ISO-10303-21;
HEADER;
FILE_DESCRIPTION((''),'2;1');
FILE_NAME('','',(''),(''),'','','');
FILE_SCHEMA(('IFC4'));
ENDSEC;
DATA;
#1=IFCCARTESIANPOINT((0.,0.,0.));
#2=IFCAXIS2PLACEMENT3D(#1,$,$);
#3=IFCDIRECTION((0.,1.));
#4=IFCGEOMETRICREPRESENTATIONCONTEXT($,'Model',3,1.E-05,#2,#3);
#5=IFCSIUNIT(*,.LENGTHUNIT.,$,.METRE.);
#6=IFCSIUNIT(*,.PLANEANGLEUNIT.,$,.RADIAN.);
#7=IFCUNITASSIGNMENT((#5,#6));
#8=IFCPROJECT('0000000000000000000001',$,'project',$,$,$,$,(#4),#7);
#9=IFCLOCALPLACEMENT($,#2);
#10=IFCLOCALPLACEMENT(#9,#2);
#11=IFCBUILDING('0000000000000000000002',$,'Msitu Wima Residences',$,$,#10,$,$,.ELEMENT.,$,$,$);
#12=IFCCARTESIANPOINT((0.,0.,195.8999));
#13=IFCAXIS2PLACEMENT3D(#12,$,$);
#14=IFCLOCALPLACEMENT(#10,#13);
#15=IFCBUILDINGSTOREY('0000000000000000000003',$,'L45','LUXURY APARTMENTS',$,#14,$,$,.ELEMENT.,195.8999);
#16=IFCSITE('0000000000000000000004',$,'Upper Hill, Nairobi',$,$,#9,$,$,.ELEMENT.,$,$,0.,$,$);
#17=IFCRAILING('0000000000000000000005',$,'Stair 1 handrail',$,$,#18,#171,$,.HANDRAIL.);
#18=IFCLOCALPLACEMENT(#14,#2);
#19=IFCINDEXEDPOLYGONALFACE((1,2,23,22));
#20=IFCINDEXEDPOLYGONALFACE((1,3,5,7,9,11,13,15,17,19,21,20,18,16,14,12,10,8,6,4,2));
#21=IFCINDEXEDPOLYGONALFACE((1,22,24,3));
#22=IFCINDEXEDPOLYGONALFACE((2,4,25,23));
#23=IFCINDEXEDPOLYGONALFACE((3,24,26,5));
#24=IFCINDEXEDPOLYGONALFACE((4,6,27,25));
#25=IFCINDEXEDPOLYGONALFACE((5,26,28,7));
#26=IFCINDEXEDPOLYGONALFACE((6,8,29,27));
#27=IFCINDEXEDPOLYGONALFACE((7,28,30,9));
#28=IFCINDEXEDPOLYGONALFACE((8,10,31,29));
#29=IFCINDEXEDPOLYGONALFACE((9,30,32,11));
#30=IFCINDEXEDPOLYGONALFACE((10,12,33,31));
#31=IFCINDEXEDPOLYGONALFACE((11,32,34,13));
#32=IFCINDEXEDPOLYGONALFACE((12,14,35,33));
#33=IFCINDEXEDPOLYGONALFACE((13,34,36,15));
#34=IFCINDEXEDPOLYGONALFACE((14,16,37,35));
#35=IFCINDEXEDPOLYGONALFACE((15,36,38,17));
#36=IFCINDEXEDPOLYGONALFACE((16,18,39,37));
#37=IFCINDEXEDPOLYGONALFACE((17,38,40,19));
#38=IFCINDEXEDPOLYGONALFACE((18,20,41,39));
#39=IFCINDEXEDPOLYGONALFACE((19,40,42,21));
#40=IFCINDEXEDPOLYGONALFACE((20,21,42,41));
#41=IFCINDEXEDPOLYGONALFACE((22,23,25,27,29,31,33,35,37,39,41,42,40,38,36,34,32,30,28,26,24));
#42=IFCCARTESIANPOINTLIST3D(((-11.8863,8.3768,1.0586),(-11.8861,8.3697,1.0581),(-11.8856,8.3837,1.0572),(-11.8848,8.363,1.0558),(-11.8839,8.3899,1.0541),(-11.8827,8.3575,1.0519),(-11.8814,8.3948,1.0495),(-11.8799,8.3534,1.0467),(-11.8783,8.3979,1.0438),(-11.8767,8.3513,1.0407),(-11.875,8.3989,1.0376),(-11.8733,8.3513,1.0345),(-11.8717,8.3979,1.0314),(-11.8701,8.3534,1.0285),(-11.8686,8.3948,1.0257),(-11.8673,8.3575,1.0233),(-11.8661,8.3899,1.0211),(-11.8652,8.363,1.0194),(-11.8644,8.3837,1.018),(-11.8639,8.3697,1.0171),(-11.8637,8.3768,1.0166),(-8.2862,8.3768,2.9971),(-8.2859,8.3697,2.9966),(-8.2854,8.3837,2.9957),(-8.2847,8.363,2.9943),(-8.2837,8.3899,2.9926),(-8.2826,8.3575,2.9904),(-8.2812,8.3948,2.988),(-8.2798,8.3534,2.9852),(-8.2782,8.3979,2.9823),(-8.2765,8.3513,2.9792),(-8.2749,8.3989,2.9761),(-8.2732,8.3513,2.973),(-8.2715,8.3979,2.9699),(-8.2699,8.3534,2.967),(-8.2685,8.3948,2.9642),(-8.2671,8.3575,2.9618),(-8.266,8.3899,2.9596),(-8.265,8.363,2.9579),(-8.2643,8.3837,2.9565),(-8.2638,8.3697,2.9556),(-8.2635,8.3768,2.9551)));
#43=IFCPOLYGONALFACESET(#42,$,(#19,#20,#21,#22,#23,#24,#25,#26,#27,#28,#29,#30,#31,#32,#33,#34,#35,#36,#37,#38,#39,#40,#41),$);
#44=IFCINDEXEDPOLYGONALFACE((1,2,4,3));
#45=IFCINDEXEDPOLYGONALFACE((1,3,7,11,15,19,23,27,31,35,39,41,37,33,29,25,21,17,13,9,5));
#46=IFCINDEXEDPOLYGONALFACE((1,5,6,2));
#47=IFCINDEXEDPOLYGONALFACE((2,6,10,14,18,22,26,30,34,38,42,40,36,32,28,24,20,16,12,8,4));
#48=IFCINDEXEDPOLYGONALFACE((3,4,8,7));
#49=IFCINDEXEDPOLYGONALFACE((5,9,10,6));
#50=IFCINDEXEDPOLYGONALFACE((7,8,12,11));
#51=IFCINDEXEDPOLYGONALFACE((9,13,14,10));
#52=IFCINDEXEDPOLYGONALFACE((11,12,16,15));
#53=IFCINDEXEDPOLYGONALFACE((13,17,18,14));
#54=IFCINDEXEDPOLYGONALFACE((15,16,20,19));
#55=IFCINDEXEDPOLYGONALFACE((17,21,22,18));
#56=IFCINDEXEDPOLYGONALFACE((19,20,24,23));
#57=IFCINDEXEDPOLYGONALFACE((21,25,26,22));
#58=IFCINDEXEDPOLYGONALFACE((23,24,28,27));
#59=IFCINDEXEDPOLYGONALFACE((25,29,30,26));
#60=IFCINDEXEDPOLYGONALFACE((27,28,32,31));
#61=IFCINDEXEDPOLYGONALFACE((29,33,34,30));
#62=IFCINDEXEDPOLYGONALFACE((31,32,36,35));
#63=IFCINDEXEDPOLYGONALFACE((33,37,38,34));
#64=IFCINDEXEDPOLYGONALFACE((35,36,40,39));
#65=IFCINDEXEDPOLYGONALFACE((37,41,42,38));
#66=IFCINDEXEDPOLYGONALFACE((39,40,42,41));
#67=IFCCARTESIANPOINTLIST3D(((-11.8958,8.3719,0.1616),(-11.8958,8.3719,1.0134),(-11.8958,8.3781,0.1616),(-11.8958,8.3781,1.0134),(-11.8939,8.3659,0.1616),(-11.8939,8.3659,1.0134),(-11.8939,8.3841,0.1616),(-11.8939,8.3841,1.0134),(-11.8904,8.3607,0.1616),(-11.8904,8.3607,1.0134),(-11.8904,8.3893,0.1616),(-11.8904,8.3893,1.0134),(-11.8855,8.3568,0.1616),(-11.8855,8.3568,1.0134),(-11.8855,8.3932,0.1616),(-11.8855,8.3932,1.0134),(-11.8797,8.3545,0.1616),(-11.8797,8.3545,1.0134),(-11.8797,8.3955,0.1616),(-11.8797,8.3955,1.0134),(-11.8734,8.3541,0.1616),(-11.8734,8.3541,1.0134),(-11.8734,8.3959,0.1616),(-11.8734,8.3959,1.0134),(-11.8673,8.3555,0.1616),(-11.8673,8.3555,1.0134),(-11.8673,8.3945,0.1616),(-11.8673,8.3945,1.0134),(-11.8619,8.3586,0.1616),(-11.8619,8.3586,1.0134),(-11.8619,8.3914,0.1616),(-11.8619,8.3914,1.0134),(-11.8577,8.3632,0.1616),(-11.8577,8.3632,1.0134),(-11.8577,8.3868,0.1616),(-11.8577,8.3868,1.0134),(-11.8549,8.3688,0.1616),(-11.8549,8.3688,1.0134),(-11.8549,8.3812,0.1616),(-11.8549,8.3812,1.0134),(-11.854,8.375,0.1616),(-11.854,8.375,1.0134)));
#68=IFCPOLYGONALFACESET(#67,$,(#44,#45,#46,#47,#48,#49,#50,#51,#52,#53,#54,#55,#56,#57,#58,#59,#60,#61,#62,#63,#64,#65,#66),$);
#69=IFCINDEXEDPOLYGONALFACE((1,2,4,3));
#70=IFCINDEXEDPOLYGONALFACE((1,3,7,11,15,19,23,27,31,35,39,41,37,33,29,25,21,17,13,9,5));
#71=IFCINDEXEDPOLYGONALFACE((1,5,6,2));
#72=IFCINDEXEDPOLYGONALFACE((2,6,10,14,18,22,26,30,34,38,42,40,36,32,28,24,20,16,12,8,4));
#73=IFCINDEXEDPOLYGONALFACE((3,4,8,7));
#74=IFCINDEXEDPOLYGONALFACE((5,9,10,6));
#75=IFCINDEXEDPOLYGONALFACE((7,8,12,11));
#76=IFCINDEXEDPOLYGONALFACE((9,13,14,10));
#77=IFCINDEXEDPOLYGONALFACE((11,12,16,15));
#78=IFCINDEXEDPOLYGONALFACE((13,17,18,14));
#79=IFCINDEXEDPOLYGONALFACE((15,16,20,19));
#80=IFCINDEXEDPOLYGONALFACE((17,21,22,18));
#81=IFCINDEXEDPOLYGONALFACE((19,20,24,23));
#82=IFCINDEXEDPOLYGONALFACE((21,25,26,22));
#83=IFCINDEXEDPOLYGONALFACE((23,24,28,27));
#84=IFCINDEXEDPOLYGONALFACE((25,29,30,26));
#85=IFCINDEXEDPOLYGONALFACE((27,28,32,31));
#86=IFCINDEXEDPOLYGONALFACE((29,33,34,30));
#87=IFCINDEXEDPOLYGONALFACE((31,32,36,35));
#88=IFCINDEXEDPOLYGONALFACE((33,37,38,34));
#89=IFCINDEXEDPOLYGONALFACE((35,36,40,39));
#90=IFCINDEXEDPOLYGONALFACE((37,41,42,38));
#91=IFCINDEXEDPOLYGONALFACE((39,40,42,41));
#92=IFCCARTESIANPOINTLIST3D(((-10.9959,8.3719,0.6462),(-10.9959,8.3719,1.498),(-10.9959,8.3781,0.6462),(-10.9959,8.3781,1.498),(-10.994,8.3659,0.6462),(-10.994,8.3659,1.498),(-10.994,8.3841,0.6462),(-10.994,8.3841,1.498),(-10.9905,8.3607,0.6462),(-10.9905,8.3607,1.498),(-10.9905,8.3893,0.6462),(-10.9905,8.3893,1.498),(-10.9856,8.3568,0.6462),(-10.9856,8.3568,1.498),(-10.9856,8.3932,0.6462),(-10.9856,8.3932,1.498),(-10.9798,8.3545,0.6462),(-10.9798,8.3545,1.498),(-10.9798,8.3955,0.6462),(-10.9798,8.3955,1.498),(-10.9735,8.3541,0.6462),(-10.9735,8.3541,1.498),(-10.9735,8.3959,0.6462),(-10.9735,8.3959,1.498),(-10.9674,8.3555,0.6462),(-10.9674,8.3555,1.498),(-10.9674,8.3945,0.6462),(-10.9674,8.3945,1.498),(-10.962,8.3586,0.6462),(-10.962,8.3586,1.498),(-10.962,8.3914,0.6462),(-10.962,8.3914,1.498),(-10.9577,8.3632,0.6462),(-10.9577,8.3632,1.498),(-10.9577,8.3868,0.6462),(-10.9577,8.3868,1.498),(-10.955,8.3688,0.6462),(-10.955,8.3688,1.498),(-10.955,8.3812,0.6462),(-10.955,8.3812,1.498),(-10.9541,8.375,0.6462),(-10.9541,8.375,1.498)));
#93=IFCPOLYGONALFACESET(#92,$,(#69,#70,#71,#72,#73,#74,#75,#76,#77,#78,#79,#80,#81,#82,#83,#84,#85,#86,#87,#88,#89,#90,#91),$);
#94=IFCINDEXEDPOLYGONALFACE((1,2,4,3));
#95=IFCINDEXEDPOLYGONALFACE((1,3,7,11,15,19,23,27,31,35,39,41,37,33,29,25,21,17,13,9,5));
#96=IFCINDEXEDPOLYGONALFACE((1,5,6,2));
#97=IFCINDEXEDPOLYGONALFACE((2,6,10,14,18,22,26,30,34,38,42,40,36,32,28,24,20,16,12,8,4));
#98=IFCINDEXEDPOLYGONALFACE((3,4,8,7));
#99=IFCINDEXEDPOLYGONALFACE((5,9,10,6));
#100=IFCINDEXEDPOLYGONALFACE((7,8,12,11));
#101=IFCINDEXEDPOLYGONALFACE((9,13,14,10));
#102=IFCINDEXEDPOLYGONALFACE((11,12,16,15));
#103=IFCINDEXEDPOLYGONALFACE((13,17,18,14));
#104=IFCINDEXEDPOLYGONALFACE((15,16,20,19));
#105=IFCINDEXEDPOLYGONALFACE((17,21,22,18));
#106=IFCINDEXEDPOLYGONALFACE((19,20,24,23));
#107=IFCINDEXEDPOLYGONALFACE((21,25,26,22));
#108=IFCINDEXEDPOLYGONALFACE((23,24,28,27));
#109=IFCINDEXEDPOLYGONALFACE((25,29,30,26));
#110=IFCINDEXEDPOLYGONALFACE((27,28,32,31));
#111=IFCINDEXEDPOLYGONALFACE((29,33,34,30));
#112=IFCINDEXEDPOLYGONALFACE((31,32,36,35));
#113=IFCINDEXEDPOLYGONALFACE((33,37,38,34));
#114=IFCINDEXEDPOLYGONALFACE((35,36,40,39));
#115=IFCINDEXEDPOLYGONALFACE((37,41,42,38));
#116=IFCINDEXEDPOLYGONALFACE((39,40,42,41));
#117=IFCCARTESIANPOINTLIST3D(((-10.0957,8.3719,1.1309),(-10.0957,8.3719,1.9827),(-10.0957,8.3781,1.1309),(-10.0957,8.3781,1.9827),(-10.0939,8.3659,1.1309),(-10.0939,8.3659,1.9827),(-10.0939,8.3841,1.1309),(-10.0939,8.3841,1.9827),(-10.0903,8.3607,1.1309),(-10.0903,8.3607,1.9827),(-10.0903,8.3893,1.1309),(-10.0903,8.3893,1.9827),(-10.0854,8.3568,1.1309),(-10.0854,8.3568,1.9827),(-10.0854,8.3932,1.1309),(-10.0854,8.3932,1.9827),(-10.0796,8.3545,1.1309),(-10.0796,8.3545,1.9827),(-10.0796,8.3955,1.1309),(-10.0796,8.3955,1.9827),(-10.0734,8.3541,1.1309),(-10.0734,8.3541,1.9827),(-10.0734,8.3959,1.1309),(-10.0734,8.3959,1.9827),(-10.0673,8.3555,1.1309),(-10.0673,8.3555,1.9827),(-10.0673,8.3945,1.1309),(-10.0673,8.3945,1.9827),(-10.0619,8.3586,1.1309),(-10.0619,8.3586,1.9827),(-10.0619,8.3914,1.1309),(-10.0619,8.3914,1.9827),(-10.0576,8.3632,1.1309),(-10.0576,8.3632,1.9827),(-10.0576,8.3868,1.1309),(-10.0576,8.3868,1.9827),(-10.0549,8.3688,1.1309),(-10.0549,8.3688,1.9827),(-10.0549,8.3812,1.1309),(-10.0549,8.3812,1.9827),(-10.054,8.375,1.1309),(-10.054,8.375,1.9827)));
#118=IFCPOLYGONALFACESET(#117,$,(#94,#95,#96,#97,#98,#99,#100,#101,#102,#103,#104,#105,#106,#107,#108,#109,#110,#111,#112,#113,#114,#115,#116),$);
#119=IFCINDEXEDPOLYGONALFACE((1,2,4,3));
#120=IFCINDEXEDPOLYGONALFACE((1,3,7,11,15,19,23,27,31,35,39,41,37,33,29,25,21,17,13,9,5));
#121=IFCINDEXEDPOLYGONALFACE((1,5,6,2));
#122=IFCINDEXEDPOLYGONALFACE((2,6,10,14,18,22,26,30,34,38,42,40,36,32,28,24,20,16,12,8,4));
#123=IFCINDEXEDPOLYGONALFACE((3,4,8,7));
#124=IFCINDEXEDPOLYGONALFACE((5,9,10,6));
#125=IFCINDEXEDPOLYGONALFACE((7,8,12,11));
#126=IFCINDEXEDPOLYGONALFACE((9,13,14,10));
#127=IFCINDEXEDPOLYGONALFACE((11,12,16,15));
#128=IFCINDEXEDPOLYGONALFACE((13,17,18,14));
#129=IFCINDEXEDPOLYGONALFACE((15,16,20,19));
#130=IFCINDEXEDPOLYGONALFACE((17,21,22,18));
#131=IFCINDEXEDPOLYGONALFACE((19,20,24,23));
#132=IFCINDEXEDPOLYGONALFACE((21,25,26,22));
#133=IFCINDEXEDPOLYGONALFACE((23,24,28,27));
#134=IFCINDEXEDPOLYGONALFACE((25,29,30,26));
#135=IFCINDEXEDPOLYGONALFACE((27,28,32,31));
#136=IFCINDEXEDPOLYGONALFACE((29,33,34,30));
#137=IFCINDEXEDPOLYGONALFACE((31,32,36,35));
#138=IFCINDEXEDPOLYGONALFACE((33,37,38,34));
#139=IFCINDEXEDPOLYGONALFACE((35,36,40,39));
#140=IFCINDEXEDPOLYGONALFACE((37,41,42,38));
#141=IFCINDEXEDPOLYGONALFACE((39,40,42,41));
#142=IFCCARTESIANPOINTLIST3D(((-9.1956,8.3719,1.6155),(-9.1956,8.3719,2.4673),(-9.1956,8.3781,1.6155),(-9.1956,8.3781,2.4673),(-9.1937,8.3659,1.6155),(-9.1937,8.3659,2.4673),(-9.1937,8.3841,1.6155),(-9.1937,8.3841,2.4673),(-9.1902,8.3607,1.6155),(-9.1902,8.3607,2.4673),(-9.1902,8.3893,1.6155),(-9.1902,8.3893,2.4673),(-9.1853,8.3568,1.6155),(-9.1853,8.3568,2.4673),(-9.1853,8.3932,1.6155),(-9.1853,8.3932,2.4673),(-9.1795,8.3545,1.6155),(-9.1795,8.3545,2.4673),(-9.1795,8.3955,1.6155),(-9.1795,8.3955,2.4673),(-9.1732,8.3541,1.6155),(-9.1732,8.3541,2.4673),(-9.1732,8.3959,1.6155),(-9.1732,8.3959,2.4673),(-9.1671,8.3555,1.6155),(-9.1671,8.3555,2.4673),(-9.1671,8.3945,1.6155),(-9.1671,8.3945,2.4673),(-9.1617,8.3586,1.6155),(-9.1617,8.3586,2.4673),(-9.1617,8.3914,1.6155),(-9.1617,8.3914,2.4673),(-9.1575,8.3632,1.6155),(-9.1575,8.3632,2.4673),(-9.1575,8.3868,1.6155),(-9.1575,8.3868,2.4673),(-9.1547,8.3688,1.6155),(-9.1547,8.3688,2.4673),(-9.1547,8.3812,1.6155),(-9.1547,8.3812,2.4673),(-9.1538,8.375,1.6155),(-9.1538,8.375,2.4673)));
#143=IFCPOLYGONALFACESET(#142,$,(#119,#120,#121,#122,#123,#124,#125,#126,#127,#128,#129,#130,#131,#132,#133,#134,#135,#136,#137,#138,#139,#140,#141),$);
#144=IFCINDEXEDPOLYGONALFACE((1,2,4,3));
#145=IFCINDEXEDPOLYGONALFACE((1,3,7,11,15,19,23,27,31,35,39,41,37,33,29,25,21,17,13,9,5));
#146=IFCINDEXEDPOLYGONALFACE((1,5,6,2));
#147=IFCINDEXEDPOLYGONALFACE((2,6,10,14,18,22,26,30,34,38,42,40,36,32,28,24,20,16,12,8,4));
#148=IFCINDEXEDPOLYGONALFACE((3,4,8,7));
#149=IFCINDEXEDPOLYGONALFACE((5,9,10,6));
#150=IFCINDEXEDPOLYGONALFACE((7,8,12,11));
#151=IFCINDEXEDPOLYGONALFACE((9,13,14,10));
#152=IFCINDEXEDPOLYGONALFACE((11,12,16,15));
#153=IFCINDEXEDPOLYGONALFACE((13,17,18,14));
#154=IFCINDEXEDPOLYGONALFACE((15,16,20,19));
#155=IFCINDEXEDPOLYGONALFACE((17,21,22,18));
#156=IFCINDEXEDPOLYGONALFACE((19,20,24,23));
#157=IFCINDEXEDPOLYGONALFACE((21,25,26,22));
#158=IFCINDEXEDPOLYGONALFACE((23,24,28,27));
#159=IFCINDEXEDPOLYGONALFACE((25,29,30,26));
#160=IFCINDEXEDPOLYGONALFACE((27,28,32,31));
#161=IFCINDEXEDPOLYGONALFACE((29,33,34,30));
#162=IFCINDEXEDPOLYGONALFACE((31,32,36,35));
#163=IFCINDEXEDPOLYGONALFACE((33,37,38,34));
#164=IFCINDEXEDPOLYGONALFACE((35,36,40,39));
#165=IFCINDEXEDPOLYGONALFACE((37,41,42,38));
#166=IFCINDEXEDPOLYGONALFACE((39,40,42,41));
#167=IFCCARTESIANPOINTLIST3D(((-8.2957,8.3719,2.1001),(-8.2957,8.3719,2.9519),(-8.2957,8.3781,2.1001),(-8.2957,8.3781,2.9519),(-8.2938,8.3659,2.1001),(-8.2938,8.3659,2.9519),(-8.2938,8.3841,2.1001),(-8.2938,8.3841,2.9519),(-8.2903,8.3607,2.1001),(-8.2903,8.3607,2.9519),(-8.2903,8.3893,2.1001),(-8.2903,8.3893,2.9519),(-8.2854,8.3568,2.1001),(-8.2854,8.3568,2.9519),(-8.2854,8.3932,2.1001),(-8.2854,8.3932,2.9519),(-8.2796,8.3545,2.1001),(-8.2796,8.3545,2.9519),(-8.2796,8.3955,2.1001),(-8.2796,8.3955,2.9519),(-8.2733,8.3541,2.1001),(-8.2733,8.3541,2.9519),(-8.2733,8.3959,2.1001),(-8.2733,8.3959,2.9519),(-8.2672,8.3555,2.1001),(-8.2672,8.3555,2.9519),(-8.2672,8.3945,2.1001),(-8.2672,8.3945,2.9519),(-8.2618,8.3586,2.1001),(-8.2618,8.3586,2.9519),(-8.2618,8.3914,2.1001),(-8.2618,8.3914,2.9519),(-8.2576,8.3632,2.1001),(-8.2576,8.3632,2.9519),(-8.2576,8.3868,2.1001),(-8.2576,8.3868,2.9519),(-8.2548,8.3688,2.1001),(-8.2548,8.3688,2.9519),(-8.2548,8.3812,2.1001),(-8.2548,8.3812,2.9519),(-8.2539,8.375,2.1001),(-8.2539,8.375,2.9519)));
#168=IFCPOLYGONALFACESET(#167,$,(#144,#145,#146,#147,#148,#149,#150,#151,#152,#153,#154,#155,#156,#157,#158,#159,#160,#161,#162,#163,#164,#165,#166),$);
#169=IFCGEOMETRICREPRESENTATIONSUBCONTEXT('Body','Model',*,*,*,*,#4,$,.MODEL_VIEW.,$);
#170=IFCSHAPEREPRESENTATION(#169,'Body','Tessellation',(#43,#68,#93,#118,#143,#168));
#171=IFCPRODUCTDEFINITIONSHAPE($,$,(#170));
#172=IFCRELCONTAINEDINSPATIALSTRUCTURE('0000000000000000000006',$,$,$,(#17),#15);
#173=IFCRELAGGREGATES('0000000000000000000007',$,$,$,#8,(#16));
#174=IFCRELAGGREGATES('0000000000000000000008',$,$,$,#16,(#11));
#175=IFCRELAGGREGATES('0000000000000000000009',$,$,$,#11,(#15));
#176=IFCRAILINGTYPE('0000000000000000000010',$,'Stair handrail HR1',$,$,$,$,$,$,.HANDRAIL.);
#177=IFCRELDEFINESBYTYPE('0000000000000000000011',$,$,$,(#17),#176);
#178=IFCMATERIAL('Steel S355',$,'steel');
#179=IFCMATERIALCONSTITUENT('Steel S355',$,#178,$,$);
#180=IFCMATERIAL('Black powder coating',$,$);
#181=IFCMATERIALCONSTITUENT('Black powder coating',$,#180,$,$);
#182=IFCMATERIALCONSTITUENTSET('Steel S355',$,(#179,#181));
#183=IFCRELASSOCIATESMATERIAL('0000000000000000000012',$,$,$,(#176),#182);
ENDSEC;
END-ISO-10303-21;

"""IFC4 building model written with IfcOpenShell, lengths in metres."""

from ifc_helpers import new_model, si_unit, direction, frame, origin, origin_2d, place, context, subcontext, project, spatial, circle, extrude, material, constituent, constituent_set, type_object, element, save


model = new_model("IFC4")

# Units and contexts
model_context = context("Model", 3, precision=1e-05, world=origin(), true_north=direction((0.0, 1.0)))
body_context = subcontext(model_context, "Body", "Model", "MODEL_VIEW")
ifc_project = project(units=[si_unit("LENGTHUNIT", "METRE"), si_unit("PLANEANGLEUNIT", "RADIAN")], contexts=[model_context])

# Site, building, storey
site_placement = place(None, origin())
site = spatial("IfcSite", under=ifc_project, at=site_placement, Name="Upper Hill, Nairobi", CompositionType="ELEMENT", RefElevation=0.0)
building_placement = place(site_placement, origin())
building = spatial("IfcBuilding", under=site, at=building_placement, Name="Msitu Wima Residences", CompositionType="ELEMENT")
storey_placement = place(building_placement, frame((0.0, 0.0, 195.8999)))
storey = spatial("IfcBuildingStorey", under=building, at=storey_placement, Name="L45", Description="LUXURY APARTMENTS", CompositionType="ELEMENT", Elevation=195.8999)

# Railing
ifc_material_1 = material(Name="Steel S355", Category="steel")
ifc_constituent_1 = constituent(ifc_material_1, Name="Steel S355")
ifc_material_2 = material(Name="Black powder coating")
ifc_constituent_2 = constituent(ifc_material_2, Name="Black powder coating")
ifc_constituent_set = constituent_set(constituents=[ifc_constituent_1, ifc_constituent_2], Name="Steel S355")
railing_type = type_object("IfcRailingType", Name="Stair handrail HR1", PredefinedType="HANDRAIL", material=ifc_constituent_set)
for number, where, name in (
    (1, (-11.875, 8.375, 0.1616), "Stair 1 handrail"),
):
    element("IfcRailing", number, at=place(storey_placement, frame(where)), inside=storey, type_object=railing_type, Name=name, PredefinedType="HANDRAIL", context=body_context, shape_type="SweptSolid", body=[
        extrude(circle(Radius=0.0239, at=origin_2d()), frame((0.0, 0.0, 0.876), z_axis=(0.880475, 0.0, 0.474093), x_axis=(0.0, 1.0, 0.0)), (0.0, 0.0, 1.0), 4.0889),
        extrude(circle(Radius=0.021, at=origin_2d()), origin(), (0.0, 0.0, 1.0), 0.8518),
        extrude(circle(Radius=0.021, at=origin_2d()), frame((0.8999, 0.0, 0.4846)), (0.0, 0.0, 1.0), 0.8518),
        extrude(circle(Radius=0.021, at=origin_2d()), frame((1.8, 0.0, 0.9692)), (0.0, 0.0, 1.0), 0.8518),
        extrude(circle(Radius=0.021, at=origin_2d()), frame((2.7002, 0.0, 1.4539)), (0.0, 0.0, 1.0), 0.8518),
        extrude(circle(Radius=0.021, at=origin_2d()), frame((3.6001, 0.0, 1.9385)), (0.0, 0.0, 1.0), 0.8518),
    ])

save(model, "model.ifc")
